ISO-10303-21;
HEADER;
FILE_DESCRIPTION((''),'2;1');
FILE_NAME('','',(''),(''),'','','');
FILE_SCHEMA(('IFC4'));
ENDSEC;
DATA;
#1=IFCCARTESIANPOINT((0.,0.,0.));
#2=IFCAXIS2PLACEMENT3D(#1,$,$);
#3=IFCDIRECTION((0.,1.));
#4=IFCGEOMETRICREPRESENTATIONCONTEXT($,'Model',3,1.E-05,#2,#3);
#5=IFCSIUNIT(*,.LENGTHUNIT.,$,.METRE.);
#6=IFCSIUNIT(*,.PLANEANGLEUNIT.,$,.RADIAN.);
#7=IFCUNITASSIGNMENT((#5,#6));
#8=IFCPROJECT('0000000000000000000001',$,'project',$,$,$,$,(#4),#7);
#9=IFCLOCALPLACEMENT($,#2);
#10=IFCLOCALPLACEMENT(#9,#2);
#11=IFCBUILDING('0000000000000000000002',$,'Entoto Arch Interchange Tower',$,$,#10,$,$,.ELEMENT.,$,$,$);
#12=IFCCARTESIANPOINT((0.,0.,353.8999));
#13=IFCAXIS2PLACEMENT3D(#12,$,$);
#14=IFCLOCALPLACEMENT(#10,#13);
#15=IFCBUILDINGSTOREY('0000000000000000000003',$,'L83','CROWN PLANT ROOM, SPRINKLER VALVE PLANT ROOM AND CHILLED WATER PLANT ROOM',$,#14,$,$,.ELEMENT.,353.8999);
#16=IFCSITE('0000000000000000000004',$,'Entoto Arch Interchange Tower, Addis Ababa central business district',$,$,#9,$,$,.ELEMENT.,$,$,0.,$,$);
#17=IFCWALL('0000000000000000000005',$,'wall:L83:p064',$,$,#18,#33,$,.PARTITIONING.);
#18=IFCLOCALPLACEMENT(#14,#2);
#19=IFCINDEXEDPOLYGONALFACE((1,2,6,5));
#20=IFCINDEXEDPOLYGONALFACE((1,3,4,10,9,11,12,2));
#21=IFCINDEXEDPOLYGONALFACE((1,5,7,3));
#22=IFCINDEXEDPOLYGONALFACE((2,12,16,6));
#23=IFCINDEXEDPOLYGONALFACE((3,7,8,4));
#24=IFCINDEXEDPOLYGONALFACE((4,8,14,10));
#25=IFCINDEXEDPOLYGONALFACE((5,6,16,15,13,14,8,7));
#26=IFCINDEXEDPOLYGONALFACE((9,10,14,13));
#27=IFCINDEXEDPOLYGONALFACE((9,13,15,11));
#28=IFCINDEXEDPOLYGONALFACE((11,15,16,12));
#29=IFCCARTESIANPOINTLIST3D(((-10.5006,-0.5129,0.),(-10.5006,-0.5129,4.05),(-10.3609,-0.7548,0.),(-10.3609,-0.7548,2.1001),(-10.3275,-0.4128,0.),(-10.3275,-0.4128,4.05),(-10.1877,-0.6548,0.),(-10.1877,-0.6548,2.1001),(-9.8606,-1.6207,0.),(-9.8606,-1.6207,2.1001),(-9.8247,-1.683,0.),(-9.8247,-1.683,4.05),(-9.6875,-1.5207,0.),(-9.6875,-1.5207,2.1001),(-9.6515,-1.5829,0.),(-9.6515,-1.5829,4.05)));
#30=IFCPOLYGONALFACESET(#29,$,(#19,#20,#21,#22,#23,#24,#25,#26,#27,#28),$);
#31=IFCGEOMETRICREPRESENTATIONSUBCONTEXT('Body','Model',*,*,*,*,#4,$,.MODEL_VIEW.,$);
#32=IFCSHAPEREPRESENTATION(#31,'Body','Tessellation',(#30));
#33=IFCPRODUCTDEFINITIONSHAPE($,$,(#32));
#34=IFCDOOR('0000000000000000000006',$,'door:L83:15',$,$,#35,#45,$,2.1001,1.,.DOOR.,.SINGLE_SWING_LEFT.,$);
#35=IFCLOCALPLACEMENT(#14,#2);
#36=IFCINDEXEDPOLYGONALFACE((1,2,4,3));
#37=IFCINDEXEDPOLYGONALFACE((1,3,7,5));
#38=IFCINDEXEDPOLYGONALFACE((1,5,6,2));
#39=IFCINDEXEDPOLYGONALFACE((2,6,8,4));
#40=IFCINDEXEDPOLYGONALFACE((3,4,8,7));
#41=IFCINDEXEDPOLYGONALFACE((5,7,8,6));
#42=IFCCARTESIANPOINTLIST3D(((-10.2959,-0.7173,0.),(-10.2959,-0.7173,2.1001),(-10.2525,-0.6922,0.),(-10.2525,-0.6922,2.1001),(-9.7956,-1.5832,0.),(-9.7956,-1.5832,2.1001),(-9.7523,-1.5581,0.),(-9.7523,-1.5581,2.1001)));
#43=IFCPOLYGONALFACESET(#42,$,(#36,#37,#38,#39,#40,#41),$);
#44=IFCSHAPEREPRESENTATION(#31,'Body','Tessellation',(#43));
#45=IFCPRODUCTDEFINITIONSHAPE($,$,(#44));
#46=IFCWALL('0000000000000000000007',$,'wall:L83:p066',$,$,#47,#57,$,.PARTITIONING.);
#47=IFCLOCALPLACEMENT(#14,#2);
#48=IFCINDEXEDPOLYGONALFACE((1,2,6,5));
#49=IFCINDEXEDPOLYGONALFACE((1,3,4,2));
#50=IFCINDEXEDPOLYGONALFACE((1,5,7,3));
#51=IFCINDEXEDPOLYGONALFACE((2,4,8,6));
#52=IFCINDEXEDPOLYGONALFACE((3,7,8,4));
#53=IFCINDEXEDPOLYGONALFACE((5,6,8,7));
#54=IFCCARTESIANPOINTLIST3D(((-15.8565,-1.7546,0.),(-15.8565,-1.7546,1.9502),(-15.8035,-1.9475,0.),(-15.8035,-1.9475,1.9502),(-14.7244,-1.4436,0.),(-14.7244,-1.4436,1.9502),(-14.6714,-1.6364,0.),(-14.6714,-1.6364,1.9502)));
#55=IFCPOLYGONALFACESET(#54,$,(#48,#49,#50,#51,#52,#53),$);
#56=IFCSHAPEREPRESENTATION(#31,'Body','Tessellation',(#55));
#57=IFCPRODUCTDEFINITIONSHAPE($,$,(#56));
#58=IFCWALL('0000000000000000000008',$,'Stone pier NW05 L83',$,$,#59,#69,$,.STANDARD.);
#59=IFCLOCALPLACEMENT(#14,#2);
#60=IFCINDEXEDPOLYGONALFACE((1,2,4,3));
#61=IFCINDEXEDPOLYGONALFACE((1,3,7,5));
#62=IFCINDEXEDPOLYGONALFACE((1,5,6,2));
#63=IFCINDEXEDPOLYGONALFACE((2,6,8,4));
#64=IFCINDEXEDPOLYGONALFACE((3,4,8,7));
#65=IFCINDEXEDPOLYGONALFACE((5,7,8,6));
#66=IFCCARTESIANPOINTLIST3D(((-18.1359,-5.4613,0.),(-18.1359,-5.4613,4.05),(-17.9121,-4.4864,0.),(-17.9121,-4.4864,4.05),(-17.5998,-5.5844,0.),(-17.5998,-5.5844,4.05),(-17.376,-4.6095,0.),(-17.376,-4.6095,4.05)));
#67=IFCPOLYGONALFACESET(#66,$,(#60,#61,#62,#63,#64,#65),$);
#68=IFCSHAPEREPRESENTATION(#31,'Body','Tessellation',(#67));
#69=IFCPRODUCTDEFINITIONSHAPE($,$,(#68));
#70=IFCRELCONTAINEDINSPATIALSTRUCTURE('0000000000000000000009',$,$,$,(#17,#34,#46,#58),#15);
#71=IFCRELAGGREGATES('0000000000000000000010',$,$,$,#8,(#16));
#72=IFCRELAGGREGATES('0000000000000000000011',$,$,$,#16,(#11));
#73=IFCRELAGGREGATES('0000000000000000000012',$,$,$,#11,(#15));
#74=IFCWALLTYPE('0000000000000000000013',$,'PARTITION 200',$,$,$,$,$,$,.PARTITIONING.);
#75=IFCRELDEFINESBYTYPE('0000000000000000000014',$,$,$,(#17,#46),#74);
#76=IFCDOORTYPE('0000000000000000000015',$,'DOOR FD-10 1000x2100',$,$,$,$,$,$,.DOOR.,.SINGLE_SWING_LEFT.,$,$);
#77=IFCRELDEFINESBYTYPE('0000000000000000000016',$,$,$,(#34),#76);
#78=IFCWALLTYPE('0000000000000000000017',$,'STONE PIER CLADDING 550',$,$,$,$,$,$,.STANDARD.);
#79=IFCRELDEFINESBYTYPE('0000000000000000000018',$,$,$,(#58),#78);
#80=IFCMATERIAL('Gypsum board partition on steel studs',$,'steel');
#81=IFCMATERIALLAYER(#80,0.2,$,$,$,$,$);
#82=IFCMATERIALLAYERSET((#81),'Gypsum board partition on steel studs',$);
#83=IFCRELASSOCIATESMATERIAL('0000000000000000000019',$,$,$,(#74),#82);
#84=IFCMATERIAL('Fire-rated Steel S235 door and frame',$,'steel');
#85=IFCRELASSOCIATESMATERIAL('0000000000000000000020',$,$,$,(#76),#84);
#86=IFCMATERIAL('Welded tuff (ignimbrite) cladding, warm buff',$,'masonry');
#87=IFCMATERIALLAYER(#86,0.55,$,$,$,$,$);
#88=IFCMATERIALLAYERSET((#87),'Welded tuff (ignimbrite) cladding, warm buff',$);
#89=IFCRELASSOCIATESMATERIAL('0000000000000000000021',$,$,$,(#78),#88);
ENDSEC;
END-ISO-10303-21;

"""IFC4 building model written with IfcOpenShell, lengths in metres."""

from ifc_helpers import new_model, si_unit, direction, frame, frame_2d, origin, place, context, subcontext, project, spatial, rectangle, extrude, material, layer, layer_set, type_object, element, fill, save


model = new_model("IFC4")

# Units and contexts
model_context = context("Model", 3, precision=1e-05, world=origin(), true_north=direction((0.0, 1.0)))
body_context = subcontext(model_context, "Body", "Model", "MODEL_VIEW")
ifc_project = project(units=[si_unit("LENGTHUNIT", "METRE"), si_unit("PLANEANGLEUNIT", "RADIAN")], contexts=[model_context])

# Site, building, storey
site_placement = place(None, origin())
site = spatial("IfcSite", under=ifc_project, at=site_placement, Name="Entoto Arch Interchange Tower, Addis Ababa central business district", CompositionType="ELEMENT", RefElevation=0.0)
building_placement = place(site_placement, origin())
building = spatial("IfcBuilding", under=site, at=building_placement, Name="Entoto Arch Interchange Tower", CompositionType="ELEMENT")
storey_placement = place(building_placement, frame((0.0, 0.0, 353.8999)))
storey = spatial("IfcBuildingStorey", under=building, at=storey_placement, Name="L83", Description="CROWN PLANT ROOM, SPRINKLER VALVE PLANT ROOM AND CHILLED WATER PLANT ROOM", CompositionType="ELEMENT", Elevation=353.8999)

# Shared definitions
ifc_material_1 = material(Name="Gypsum board partition on steel studs", Category="steel")
ifc_layer_1 = layer(ifc_material_1, 0.2)
ifc_layer_set_1 = layer_set([ifc_layer_1], Name="Gypsum board partition on steel studs")
wall_type_1 = type_object("IfcWallType", Name="PARTITION 200", PredefinedType="PARTITIONING", material=ifc_layer_set_1)

# Shared definitions
ifc_material_2 = material(Name="Fire-rated Steel S235 door and frame", Category="steel")
door_type = type_object("IfcDoorType", Name="DOOR FD-10 1000x2100", OperationType="SINGLE_SWING_LEFT", PredefinedType="DOOR", material=ifc_material_2)

# Wall, opening, door
wall_1_placement = place(storey_placement, frame((-9.738, -1.6331, 0.0), z_axis=(0.0, 0.0, 1.0), x_axis=(-0.500238, 0.865888, 0.0)))
wall_1 = element("IfcWall", 1, at=wall_1_placement, inside=storey, type_object=wall_type_1, Name="wall:L83:p064", PredefinedType="PARTITIONING", context=body_context, shape_type="SweptSolid", body=[
    extrude(rectangle(XDim=1.3513, YDim=0.2, at=frame_2d((0.6758, 0.0))), origin(), (0.0, 0.0, 1.0), 4.05),
])
opening_1_placement = place(wall_1_placement, frame((0.072, 0.0, 0.0)))
opening_1 = element("IfcOpeningElement", 2, at=opening_1_placement, cuts=wall_1, PredefinedType="OPENING", context=body_context, shape_type="SweptSolid", body=[
    extrude(rectangle(XDim=1.0, YDim=2.1001, at=frame_2d((0.5, 1.05))), frame((0.0, 0.1099, 0.0), z_axis=(0.0, -1.0, 0.0), x_axis=(1.0, 0.0, 0.0)), (0.0, 0.0, 1.0), 0.22),
])
door_1_placement = place(opening_1_placement, origin())
door_1 = element("IfcDoor", 3, at=door_1_placement, inside=storey, type_object=door_type, Name="door:L83:15", OperationType="SINGLE_SWING_LEFT", OverallHeight=2.1001, OverallWidth=1.0, PredefinedType="DOOR", context=body_context, shape_type="SweptSolid", body=[
    extrude(rectangle(XDim=1.0, YDim=2.1001, at=frame_2d((0.5, 1.05))), frame((0.0, 0.0249, 0.0), z_axis=(0.0, -1.0, 0.0), x_axis=(1.0, 0.0, 0.0)), (0.0, 0.0, 1.0), 0.05),
])
fill(opening_1, door_1)

# Walls
wall_2_placement = place(storey_placement, frame((-14.698, -1.54, 0.0), z_axis=(0.0, 0.0, 1.0), x_axis=(-0.964268, -0.264929, 0.0)))
element("IfcWall", 4, at=wall_2_placement, inside=storey, type_object=wall_type_1, Name="wall:L83:p066", PredefinedType="PARTITIONING", context=body_context, shape_type="SweptSolid", body=[
    extrude(rectangle(XDim=1.1741, YDim=0.2, at=frame_2d((0.5869, 0.0))), origin(), (0.0, 0.0, 1.0), 1.9502),
])
ifc_material_3 = material(Name="Welded tuff (ignimbrite) cladding, warm buff", Category="masonry")
ifc_layer_2 = layer(ifc_material_3, 0.55)
ifc_layer_set_2 = layer_set([ifc_layer_2], Name="Welded tuff (ignimbrite) cladding, warm buff")
wall_type_2 = type_object("IfcWallType", Name="STONE PIER CLADDING 550", PredefinedType="STANDARD", material=ifc_layer_set_2)
wall_3_placement = place(storey_placement, frame((-17.644, -4.5481, 0.0), z_axis=(0.0, 0.0, 1.0), x_axis=(-0.223825, -0.974629, 0.0)))
element("IfcWall", 5, at=wall_3_placement, inside=storey, type_object=wall_type_2, Name="Stone pier NW05 L83", PredefinedType="STANDARD", context=body_context, shape_type="SweptSolid", body=[
    extrude(rectangle(XDim=1.0002, YDim=0.55, at=frame_2d((0.5, 0.0))), origin(), (0.0, 0.0, 1.0), 4.05),
])

save(model, "model.ifc")
